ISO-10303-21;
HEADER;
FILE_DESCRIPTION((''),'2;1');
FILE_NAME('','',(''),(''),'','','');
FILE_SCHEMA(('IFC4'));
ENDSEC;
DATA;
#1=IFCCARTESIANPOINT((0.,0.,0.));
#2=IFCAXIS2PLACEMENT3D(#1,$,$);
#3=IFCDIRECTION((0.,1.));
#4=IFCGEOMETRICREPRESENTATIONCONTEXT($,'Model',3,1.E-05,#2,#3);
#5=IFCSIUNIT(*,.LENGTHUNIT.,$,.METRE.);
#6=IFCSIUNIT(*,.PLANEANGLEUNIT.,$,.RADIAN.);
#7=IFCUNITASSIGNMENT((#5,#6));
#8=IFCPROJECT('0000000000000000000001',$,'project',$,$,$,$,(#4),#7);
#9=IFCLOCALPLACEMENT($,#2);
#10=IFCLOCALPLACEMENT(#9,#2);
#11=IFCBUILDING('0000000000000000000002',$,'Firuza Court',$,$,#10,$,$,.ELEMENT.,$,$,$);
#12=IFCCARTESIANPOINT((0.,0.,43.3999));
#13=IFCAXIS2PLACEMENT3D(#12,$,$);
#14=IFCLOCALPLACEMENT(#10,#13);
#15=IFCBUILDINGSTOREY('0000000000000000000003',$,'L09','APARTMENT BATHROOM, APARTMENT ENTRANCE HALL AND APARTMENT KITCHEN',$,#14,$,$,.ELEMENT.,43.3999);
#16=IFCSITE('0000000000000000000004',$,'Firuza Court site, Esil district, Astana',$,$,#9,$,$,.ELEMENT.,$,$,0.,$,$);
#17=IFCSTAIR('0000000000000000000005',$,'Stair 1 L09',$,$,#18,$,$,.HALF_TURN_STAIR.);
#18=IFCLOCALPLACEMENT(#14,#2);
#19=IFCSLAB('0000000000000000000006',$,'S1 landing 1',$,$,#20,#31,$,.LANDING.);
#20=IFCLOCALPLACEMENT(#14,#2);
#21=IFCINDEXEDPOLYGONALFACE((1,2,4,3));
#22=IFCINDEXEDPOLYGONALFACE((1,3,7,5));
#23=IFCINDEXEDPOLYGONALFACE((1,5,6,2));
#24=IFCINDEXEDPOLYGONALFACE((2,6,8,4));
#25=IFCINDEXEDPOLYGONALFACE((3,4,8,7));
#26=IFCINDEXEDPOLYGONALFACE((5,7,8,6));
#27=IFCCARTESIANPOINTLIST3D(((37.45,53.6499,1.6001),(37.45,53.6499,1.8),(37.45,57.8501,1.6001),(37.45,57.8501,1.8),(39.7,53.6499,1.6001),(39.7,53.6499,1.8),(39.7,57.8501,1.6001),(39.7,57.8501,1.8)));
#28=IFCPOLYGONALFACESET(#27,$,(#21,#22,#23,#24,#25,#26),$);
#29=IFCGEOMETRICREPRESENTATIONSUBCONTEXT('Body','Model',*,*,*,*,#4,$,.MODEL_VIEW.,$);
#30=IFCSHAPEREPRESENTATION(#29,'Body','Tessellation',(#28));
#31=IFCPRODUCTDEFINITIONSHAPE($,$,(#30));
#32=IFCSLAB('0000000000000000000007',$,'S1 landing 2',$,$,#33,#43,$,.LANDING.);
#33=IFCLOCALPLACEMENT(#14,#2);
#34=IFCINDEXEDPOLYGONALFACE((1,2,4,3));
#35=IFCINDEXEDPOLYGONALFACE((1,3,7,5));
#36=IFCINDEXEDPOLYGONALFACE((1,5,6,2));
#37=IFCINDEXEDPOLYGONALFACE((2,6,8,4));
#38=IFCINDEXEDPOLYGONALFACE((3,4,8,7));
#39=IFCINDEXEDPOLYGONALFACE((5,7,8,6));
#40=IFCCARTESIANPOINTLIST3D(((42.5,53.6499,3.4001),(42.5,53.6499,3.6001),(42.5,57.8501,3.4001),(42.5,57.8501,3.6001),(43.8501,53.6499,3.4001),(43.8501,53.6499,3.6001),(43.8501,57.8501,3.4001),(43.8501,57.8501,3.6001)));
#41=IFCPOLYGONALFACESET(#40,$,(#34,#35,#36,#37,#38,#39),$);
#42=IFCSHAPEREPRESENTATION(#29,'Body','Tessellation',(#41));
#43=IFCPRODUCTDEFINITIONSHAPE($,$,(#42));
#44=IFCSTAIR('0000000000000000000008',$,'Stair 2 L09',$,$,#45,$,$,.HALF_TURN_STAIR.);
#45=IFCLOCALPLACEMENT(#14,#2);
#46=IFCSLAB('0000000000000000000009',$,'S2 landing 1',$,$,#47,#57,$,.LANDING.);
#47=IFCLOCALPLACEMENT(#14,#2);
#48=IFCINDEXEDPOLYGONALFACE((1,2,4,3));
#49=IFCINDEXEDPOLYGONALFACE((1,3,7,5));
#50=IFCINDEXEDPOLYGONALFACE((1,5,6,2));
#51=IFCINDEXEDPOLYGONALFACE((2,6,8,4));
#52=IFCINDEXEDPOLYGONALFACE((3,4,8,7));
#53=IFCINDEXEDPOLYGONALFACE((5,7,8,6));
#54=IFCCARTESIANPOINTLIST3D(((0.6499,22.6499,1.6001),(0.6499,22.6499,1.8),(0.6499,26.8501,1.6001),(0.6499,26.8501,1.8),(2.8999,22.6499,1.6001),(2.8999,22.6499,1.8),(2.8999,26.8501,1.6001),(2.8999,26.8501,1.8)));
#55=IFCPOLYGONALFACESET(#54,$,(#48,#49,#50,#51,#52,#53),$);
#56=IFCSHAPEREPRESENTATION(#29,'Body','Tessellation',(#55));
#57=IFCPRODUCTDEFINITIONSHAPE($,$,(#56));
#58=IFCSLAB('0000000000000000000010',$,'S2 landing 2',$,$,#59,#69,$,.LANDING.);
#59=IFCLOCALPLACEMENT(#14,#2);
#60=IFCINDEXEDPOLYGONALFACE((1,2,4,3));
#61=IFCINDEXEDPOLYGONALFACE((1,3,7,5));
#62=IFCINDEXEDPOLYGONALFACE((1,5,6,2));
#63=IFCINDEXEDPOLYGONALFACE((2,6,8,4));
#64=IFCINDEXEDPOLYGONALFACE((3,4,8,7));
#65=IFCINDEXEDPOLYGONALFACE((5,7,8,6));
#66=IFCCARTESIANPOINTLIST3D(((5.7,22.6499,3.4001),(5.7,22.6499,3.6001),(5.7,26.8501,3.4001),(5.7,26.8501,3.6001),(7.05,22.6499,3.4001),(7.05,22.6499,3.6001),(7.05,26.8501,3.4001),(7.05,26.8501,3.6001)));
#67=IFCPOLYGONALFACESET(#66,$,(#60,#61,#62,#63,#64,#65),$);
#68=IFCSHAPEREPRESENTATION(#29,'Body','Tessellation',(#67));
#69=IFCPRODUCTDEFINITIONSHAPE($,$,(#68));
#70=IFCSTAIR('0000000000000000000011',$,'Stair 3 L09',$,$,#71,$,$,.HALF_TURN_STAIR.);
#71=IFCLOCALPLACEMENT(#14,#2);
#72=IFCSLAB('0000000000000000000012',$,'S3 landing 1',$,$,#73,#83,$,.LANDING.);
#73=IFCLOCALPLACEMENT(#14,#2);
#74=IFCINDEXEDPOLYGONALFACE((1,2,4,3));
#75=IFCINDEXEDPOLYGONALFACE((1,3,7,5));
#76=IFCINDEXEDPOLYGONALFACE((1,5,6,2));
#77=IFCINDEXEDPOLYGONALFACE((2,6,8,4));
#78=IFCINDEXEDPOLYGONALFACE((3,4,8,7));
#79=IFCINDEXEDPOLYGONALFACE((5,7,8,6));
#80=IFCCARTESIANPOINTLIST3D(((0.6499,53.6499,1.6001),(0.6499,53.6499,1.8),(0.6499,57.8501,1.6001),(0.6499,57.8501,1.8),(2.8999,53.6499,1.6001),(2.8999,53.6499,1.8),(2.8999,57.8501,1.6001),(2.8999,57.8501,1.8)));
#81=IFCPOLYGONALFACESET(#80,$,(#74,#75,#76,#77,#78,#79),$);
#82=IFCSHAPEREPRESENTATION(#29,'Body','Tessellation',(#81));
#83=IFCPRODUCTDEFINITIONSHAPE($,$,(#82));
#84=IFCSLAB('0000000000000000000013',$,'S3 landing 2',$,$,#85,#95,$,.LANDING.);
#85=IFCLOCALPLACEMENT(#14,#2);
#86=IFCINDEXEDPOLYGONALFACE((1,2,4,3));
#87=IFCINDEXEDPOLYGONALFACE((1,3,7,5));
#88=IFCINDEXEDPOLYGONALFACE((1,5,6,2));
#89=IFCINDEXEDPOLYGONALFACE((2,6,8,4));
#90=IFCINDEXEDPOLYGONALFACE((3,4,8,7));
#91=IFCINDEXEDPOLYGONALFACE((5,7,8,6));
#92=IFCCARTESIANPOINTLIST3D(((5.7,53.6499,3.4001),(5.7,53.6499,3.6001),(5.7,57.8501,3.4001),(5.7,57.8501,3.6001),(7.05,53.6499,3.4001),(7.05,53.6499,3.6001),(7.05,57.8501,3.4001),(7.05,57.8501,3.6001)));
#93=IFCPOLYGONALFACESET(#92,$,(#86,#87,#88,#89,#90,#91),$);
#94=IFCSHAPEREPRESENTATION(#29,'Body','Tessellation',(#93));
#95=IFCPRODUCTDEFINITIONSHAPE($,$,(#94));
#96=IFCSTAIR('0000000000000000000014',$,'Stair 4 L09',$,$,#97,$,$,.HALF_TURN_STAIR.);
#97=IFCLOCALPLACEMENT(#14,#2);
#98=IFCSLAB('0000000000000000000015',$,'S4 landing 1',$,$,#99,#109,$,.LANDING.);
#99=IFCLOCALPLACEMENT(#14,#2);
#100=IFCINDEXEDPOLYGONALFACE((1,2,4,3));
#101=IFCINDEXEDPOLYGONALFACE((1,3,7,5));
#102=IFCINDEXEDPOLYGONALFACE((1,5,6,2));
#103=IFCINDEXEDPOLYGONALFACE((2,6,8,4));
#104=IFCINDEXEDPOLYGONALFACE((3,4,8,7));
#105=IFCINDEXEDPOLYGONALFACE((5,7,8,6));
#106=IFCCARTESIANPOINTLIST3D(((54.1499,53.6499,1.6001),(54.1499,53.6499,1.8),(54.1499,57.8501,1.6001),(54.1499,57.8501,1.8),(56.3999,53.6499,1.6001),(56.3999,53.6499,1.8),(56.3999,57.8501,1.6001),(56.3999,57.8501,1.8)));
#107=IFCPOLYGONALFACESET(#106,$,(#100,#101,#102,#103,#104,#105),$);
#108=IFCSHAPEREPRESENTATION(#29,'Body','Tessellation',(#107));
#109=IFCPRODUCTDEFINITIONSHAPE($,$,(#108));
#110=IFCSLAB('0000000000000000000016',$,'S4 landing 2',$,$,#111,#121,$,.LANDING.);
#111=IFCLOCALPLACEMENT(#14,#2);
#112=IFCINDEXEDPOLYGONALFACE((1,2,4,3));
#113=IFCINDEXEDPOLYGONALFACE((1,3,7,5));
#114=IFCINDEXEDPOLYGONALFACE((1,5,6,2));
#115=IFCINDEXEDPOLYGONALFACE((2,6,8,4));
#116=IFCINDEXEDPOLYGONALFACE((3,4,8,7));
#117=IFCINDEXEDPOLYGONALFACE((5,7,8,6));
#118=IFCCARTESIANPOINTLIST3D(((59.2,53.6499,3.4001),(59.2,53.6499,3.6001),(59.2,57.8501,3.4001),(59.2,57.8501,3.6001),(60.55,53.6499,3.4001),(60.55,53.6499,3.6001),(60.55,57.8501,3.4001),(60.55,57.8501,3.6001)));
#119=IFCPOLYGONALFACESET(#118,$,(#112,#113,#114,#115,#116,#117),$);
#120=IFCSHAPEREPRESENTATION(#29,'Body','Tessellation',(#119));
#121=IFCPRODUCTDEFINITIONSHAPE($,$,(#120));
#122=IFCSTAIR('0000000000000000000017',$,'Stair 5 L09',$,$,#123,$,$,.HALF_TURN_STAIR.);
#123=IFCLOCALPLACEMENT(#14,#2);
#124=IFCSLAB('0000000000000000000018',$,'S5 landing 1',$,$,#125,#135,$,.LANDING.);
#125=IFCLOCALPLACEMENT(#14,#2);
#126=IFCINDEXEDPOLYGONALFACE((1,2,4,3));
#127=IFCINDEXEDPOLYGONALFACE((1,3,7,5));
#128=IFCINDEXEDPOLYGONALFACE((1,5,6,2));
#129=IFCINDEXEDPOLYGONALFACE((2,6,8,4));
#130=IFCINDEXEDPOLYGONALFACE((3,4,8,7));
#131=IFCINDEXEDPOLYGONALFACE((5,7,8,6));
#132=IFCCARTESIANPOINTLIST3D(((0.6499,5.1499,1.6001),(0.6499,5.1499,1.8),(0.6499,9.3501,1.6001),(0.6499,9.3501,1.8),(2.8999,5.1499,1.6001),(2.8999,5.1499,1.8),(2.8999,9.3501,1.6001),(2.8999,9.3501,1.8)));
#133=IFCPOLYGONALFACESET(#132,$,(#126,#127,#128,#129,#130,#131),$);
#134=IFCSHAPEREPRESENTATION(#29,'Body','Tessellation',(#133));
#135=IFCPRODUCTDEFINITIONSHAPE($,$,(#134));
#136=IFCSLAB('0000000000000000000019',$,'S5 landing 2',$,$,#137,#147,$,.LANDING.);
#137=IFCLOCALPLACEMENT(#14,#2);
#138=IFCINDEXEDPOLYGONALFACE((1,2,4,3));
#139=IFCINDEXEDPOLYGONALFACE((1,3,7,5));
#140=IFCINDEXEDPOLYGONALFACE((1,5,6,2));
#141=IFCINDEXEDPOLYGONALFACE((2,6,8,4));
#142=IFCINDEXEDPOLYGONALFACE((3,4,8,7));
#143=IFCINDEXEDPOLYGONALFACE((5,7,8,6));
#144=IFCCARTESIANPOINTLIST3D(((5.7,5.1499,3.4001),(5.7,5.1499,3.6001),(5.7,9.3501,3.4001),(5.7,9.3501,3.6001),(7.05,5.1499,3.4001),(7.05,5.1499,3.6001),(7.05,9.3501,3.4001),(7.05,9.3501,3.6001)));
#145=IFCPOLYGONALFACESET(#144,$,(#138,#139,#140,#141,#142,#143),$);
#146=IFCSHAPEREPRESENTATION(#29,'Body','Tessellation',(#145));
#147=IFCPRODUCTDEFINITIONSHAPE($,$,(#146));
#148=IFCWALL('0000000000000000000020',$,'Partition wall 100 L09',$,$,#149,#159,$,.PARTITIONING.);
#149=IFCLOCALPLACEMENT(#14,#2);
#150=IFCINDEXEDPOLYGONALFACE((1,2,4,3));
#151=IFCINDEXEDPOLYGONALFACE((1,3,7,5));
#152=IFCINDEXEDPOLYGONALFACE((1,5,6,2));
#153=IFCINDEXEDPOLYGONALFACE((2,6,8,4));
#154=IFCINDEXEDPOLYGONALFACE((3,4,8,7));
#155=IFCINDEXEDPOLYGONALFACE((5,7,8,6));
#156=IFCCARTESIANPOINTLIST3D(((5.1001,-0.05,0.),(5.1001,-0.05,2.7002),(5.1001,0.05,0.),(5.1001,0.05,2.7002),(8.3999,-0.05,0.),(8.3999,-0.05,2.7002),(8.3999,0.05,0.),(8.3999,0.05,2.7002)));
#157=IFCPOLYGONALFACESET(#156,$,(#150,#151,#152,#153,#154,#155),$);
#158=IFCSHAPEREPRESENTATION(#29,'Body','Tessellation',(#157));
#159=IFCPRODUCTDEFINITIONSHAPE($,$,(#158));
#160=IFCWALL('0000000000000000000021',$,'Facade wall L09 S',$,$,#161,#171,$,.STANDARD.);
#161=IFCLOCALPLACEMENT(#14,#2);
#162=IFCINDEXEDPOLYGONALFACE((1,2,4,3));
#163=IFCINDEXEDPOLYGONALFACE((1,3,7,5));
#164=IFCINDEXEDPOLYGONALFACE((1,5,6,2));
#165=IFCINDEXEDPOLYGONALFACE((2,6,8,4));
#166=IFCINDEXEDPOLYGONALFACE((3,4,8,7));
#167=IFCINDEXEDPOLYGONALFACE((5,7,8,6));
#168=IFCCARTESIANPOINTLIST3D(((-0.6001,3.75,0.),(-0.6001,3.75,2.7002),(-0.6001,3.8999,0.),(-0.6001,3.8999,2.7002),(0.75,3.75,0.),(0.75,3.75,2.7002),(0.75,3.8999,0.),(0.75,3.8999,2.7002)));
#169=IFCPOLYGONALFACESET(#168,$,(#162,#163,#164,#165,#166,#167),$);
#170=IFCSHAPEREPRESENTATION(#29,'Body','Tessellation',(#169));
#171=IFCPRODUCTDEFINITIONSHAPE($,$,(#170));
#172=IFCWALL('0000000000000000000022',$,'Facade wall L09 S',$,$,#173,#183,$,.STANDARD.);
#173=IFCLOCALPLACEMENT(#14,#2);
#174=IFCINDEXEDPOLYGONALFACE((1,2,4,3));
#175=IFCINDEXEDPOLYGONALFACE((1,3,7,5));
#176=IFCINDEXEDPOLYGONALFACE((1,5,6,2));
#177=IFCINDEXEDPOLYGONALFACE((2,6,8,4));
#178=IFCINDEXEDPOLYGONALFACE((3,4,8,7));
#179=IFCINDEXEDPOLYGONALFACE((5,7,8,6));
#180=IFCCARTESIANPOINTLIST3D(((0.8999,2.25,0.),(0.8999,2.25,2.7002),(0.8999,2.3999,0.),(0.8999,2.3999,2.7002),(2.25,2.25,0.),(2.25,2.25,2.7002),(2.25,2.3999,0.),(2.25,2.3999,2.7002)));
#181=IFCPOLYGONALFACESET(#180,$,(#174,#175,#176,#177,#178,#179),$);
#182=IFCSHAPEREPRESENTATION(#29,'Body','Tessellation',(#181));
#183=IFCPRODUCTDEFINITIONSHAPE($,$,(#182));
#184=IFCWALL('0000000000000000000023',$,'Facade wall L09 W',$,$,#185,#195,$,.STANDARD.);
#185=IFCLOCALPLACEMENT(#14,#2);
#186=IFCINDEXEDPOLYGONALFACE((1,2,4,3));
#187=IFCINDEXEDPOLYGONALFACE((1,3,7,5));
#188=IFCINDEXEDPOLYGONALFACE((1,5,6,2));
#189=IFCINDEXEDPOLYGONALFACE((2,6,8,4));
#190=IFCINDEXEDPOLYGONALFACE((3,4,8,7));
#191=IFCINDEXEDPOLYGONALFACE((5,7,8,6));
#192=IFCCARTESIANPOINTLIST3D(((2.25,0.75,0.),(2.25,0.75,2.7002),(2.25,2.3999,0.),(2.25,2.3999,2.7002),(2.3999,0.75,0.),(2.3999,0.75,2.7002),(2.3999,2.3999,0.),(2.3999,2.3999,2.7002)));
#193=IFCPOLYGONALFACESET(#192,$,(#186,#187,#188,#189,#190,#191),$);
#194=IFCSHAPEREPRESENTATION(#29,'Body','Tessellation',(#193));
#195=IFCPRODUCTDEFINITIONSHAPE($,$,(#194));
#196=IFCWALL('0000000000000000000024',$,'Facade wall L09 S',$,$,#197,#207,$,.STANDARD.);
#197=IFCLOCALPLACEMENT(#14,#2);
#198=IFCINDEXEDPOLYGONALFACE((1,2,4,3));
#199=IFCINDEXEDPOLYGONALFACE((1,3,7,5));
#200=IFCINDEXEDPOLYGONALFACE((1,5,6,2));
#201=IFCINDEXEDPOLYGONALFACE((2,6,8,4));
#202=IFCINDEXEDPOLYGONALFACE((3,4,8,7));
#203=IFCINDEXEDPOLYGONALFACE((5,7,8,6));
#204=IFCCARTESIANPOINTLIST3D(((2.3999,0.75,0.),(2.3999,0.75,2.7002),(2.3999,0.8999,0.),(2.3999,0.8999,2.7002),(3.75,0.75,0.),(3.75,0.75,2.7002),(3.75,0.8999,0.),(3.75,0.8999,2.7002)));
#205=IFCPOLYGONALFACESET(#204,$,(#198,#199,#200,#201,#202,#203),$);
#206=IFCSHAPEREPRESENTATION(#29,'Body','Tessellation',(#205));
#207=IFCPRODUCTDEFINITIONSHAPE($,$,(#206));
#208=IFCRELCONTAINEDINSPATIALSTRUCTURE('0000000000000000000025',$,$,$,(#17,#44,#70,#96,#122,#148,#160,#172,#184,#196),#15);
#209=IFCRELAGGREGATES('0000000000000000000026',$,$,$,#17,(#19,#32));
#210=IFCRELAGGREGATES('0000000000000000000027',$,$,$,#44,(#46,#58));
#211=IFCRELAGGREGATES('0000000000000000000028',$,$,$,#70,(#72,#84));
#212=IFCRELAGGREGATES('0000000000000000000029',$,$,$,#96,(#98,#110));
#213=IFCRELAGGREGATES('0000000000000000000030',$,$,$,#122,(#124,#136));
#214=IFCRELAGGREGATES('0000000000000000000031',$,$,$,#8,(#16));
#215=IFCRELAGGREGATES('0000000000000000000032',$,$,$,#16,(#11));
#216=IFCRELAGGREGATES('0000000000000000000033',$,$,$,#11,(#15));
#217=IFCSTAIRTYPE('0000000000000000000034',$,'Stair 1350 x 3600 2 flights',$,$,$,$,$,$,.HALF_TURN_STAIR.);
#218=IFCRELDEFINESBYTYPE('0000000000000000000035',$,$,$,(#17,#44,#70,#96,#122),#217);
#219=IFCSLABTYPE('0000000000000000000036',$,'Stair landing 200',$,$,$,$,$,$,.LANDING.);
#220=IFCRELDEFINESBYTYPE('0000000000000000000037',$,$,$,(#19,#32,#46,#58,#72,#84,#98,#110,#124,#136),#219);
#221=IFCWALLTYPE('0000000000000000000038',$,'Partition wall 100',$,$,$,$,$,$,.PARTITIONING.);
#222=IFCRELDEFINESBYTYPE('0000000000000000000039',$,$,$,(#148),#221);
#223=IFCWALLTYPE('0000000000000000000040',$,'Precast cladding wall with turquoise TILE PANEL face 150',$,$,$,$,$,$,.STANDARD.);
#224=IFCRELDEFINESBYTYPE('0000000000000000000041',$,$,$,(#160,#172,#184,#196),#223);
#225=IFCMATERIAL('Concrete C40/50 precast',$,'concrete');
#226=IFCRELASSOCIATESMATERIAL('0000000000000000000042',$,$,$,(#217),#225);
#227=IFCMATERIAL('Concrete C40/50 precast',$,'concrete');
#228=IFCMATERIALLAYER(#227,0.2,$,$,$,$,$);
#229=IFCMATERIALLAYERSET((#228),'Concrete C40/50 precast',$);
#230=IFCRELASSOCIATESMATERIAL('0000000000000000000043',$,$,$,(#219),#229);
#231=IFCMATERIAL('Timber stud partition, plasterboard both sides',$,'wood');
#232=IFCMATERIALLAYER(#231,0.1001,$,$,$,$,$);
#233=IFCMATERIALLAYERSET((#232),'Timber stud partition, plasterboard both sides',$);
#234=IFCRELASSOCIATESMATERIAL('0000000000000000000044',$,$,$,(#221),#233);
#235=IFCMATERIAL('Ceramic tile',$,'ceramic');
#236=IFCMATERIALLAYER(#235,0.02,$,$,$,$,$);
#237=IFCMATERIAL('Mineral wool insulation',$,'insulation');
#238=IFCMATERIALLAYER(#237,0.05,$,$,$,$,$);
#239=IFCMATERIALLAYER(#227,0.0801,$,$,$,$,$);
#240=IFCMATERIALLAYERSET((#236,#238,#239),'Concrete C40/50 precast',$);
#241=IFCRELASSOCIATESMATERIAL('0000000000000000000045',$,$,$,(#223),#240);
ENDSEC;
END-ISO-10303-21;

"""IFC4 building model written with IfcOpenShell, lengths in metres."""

from ifc_helpers import new_model, si_unit, direction, frame, frame_2d, origin, place, context, subcontext, project, spatial, polyline, rectangle, outline, extrude, material, layer, layer_set, type_object, element, aggregate, save


model = new_model("IFC4")

# Units and contexts
model_context = context("Model", 3, precision=1e-05, world=origin(), true_north=direction((0.0, 1.0)))
body_context = subcontext(model_context, "Body", "Model", "MODEL_VIEW")
ifc_project = project(units=[si_unit("LENGTHUNIT", "METRE"), si_unit("PLANEANGLEUNIT", "RADIAN")], contexts=[model_context])

# Site, building, storey
site_placement = place(None, origin())
site = spatial("IfcSite", under=ifc_project, at=site_placement, Name="Firuza Court site, Esil district, Astana", CompositionType="ELEMENT", RefElevation=0.0)
building_placement = place(site_placement, origin())
building = spatial("IfcBuilding", under=site, at=building_placement, Name="Firuza Court", CompositionType="ELEMENT")
storey_placement = place(building_placement, frame((0.0, 0.0, 43.3999)))
storey = spatial("IfcBuildingStorey", under=building, at=storey_placement, Name="L09", Description="APARTMENT BATHROOM, APARTMENT ENTRANCE HALL AND APARTMENT KITCHEN", CompositionType="ELEMENT", Elevation=43.3999)

# Stairs, slabs
ifc_material_1 = material(Name="Concrete C40/50 precast", Category="concrete")
stair_type = type_object("IfcStairType", Name="Stair 1350 x 3600 2 flights", PredefinedType="HALF_TURN_STAIR", material=ifc_material_1)
stair_1_placement = place(storey_placement, origin())
stair_1 = element("IfcStair", 1, at=stair_1_placement, inside=storey, type_object=stair_type, Name="Stair 1 L09", PredefinedType="HALF_TURN_STAIR")
ifc_material_2 = material(Name="Concrete C40/50 precast", Category="concrete")
ifc_layer_1 = layer(ifc_material_2, 0.2)
ifc_layer_set_1 = layer_set([ifc_layer_1], Name="Concrete C40/50 precast")
slab_type_1 = type_object("IfcSlabType", Name="Stair landing 200", PredefinedType="LANDING", material=ifc_layer_set_1)
slab_1_placement = place(storey_placement, frame((0.0, 0.0, 1.6001)))
slab_1 = element("IfcSlab", 2, at=slab_1_placement, type_object=slab_type_1, Name="S1 landing 1", PredefinedType="LANDING", context=body_context, shape_type="SweptSolid", body=[
    extrude(outline(polyline([(39.7, 53.6499), (39.7, 57.8501), (37.45, 57.8501), (37.45, 53.6499), (39.7, 53.6499)])), origin(), (0.0, 0.0, 1.0), 0.2),
])
slab_2_placement = place(storey_placement, frame((0.0, 0.0, 3.4001)))
slab_2 = element("IfcSlab", 3, at=slab_2_placement, type_object=slab_type_1, Name="S1 landing 2", PredefinedType="LANDING", context=body_context, shape_type="SweptSolid", body=[
    extrude(outline(polyline([(43.8501, 53.6499), (43.8501, 57.8501), (42.5, 57.8501), (42.5, 53.6499), (43.8501, 53.6499)])), origin(), (0.0, 0.0, 1.0), 0.2),
])
aggregate(stair_1, [slab_1, slab_2])
stair_2_placement = place(storey_placement, origin())
stair_2 = element("IfcStair", 4, at=stair_2_placement, inside=storey, type_object=stair_type, Name="Stair 2 L09", PredefinedType="HALF_TURN_STAIR")
slab_3_placement = place(storey_placement, frame((0.0, 0.0, 1.6001)))
slab_3 = element("IfcSlab", 5, at=slab_3_placement, type_object=slab_type_1, Name="S2 landing 1", PredefinedType="LANDING", context=body_context, shape_type="SweptSolid", body=[
    extrude(outline(polyline([(2.8999, 22.6499), (2.8999, 26.8501), (0.6499, 26.8501), (0.6499, 22.6499), (2.8999, 22.6499)])), origin(), (0.0, 0.0, 1.0), 0.2),
])
slab_4_placement = place(storey_placement, frame((0.0, 0.0, 3.4001)))
slab_4 = element("IfcSlab", 6, at=slab_4_placement, type_object=slab_type_1, Name="S2 landing 2", PredefinedType="LANDING", context=body_context, shape_type="SweptSolid", body=[
    extrude(outline(polyline([(7.05, 22.6499), (7.05, 26.8501), (5.7, 26.8501), (5.7, 22.6499), (7.05, 22.6499)])), origin(), (0.0, 0.0, 1.0), 0.2),
])
aggregate(stair_2, [slab_3, slab_4])
stair_3_placement = place(storey_placement, origin())
stair_3 = element("IfcStair", 7, at=stair_3_placement, inside=storey, type_object=stair_type, Name="Stair 3 L09", PredefinedType="HALF_TURN_STAIR")
slab_5_placement = place(storey_placement, frame((0.0, 0.0, 1.6001)))
slab_5 = element("IfcSlab", 8, at=slab_5_placement, type_object=slab_type_1, Name="S3 landing 1", PredefinedType="LANDING", context=body_context, shape_type="SweptSolid", body=[
    extrude(outline(polyline([(2.8999, 53.6499), (2.8999, 57.8501), (0.6499, 57.8501), (0.6499, 53.6499), (2.8999, 53.6499)])), origin(), (0.0, 0.0, 1.0), 0.2),
])
slab_6_placement = place(storey_placement, frame((0.0, 0.0, 3.4001)))
slab_6 = element("IfcSlab", 9, at=slab_6_placement, type_object=slab_type_1, Name="S3 landing 2", PredefinedType="LANDING", context=body_context, shape_type="SweptSolid", body=[
    extrude(outline(polyline([(7.05, 53.6499), (7.05, 57.8501), (5.7, 57.8501), (5.7, 53.6499), (7.05, 53.6499)])), origin(), (0.0, 0.0, 1.0), 0.2),
])
aggregate(stair_3, [slab_5, slab_6])
stair_4_placement = place(storey_placement, origin())
stair_4 = element("IfcStair", 10, at=stair_4_placement, inside=storey, type_object=stair_type, Name="Stair 4 L09", PredefinedType="HALF_TURN_STAIR")
slab_7_placement = place(storey_placement, frame((0.0, 0.0, 1.6001)))
slab_7 = element("IfcSlab", 11, at=slab_7_placement, type_object=slab_type_1, Name="S4 landing 1", PredefinedType="LANDING", context=body_context, shape_type="SweptSolid", body=[
    extrude(outline(polyline([(56.3999, 53.6499), (56.3999, 57.8501), (54.1499, 57.8501), (54.1499, 53.6499), (56.3999, 53.6499)])), origin(), (0.0, 0.0, 1.0), 0.2),
])
slab_8_placement = place(storey_placement, frame((0.0, 0.0, 3.4001)))
slab_8 = element("IfcSlab", 12, at=slab_8_placement, type_object=slab_type_1, Name="S4 landing 2", PredefinedType="LANDING", context=body_context, shape_type="SweptSolid", body=[
    extrude(outline(polyline([(60.55, 53.6499), (60.55, 57.8501), (59.2, 57.8501), (59.2, 53.6499), (60.55, 53.6499)])), origin(), (0.0, 0.0, 1.0), 0.2),
])
aggregate(stair_4, [slab_7, slab_8])
stair_5_placement = place(storey_placement, origin())
stair_5 = element("IfcStair", 13, at=stair_5_placement, inside=storey, type_object=stair_type, Name="Stair 5 L09", PredefinedType="HALF_TURN_STAIR")
slab_9_placement = place(storey_placement, frame((0.0, 0.0, 1.6001)))
slab_9 = element("IfcSlab", 14, at=slab_9_placement, type_object=slab_type_1, Name="S5 landing 1", PredefinedType="LANDING", context=body_context, shape_type="SweptSolid", body=[
    extrude(outline(polyline([(2.8999, 5.1499), (2.8999, 9.3501), (0.6499, 9.3501), (0.6499, 5.1499), (2.8999, 5.1499)])), origin(), (0.0, 0.0, 1.0), 0.2),
])
slab_10_placement = place(storey_placement, frame((0.0, 0.0, 3.4001)))
slab_10 = element("IfcSlab", 15, at=slab_10_placement, type_object=slab_type_1, Name="S5 landing 2", PredefinedType="LANDING", context=body_context, shape_type="SweptSolid", body=[
    extrude(outline(polyline([(7.05, 5.1499), (7.05, 9.3501), (5.7, 9.3501), (5.7, 5.1499), (7.05, 5.1499)])), origin(), (0.0, 0.0, 1.0), 0.2),
])
aggregate(stair_5, [slab_9, slab_10])

# Walls
ifc_material_3 = material(Name="Timber stud partition, plasterboard both sides", Category="wood")
ifc_layer_2 = layer(ifc_material_3, 0.1001)
ifc_layer_set_2 = layer_set([ifc_layer_2], Name="Timber stud partition, plasterboard both sides")
wall_type_1 = type_object("IfcWallType", Name="Partition wall 100", PredefinedType="PARTITIONING", material=ifc_layer_set_2)
wall_1_placement = place(storey_placement, frame((5.1001, 0.0, 0.0), z_axis=(0.0, 0.0, 1.0), x_axis=(1.0, 0.0, 0.0)))
element("IfcWall", 16, at=wall_1_placement, inside=storey, type_object=wall_type_1, Name="Partition wall 100 L09", PredefinedType="PARTITIONING", context=body_context, shape_type="SweptSolid", body=[
    extrude(rectangle(XDim=3.2998, YDim=0.1001, at=frame_2d((1.6499, 0.0))), origin(), (0.0, 0.0, 1.0), 2.7002),
])
ifc_material_4 = material(Name="Ceramic tile", Category="ceramic")
ifc_layer_3 = layer(ifc_material_4, 0.02)
ifc_material_5 = material(Name="Mineral wool insulation", Category="insulation")
ifc_layer_4 = layer(ifc_material_5, 0.05)
ifc_layer_5 = layer(ifc_material_2, 0.0801)
ifc_layer_set_3 = layer_set([ifc_layer_3, ifc_layer_4, ifc_layer_5], Name="Concrete C40/50 precast")
wall_type_2 = type_object("IfcWallType", Name="Precast cladding wall with turquoise TILE PANEL face 150", PredefinedType="STANDARD", material=ifc_layer_set_3)
for number, where, z_axis, x_axis, name in (
    (17, (-0.6001, 3.825, 0.0), (0.0, 0.0, 1.0), (1.0, 0.0, 0.0), "Facade wall L09 S"),
    (18, (0.8999, 2.325, 0.0), (0.0, 0.0, 1.0), (1.0, 0.0, 0.0), "Facade wall L09 S"),
):
    element("IfcWall", number, at=place(storey_placement, frame(where, z_axis=z_axis, x_axis=x_axis)), inside=storey, type_object=wall_type_2, Name=name, PredefinedType="STANDARD", context=body_context, shape_type="SweptSolid", body=[
        extrude(rectangle(XDim=1.3501, YDim=0.1499, at=frame_2d((0.675, 0.0))), origin(), (0.0, 0.0, 1.0), 2.7002),
    ])
wall_2_placement = place(storey_placement, frame((2.325, 2.3999, 0.0), z_axis=(0.0, 0.0, 1.0), x_axis=(0.0, -1.0, 0.0)))
element("IfcWall", 19, at=wall_2_placement, inside=storey, type_object=wall_type_2, Name="Facade wall L09 W", PredefinedType="STANDARD", context=body_context, shape_type="SweptSolid", body=[
    extrude(rectangle(XDim=1.6499, YDim=0.1499, at=frame_2d((0.825, 0.0))), origin(), (0.0, 0.0, 1.0), 2.7002),
])
wall_3_placement = place(storey_placement, frame((2.3999, 0.825, 0.0), z_axis=(0.0, 0.0, 1.0), x_axis=(1.0, 0.0, 0.0)))
element("IfcWall", 20, at=wall_3_placement, inside=storey, type_object=wall_type_2, Name="Facade wall L09 S", PredefinedType="STANDARD", context=body_context, shape_type="SweptSolid", body=[
    extrude(rectangle(XDim=1.3501, YDim=0.1499, at=frame_2d((0.675, 0.0))), origin(), (0.0, 0.0, 1.0), 2.7002),
])

save(model, "model.ifc")
